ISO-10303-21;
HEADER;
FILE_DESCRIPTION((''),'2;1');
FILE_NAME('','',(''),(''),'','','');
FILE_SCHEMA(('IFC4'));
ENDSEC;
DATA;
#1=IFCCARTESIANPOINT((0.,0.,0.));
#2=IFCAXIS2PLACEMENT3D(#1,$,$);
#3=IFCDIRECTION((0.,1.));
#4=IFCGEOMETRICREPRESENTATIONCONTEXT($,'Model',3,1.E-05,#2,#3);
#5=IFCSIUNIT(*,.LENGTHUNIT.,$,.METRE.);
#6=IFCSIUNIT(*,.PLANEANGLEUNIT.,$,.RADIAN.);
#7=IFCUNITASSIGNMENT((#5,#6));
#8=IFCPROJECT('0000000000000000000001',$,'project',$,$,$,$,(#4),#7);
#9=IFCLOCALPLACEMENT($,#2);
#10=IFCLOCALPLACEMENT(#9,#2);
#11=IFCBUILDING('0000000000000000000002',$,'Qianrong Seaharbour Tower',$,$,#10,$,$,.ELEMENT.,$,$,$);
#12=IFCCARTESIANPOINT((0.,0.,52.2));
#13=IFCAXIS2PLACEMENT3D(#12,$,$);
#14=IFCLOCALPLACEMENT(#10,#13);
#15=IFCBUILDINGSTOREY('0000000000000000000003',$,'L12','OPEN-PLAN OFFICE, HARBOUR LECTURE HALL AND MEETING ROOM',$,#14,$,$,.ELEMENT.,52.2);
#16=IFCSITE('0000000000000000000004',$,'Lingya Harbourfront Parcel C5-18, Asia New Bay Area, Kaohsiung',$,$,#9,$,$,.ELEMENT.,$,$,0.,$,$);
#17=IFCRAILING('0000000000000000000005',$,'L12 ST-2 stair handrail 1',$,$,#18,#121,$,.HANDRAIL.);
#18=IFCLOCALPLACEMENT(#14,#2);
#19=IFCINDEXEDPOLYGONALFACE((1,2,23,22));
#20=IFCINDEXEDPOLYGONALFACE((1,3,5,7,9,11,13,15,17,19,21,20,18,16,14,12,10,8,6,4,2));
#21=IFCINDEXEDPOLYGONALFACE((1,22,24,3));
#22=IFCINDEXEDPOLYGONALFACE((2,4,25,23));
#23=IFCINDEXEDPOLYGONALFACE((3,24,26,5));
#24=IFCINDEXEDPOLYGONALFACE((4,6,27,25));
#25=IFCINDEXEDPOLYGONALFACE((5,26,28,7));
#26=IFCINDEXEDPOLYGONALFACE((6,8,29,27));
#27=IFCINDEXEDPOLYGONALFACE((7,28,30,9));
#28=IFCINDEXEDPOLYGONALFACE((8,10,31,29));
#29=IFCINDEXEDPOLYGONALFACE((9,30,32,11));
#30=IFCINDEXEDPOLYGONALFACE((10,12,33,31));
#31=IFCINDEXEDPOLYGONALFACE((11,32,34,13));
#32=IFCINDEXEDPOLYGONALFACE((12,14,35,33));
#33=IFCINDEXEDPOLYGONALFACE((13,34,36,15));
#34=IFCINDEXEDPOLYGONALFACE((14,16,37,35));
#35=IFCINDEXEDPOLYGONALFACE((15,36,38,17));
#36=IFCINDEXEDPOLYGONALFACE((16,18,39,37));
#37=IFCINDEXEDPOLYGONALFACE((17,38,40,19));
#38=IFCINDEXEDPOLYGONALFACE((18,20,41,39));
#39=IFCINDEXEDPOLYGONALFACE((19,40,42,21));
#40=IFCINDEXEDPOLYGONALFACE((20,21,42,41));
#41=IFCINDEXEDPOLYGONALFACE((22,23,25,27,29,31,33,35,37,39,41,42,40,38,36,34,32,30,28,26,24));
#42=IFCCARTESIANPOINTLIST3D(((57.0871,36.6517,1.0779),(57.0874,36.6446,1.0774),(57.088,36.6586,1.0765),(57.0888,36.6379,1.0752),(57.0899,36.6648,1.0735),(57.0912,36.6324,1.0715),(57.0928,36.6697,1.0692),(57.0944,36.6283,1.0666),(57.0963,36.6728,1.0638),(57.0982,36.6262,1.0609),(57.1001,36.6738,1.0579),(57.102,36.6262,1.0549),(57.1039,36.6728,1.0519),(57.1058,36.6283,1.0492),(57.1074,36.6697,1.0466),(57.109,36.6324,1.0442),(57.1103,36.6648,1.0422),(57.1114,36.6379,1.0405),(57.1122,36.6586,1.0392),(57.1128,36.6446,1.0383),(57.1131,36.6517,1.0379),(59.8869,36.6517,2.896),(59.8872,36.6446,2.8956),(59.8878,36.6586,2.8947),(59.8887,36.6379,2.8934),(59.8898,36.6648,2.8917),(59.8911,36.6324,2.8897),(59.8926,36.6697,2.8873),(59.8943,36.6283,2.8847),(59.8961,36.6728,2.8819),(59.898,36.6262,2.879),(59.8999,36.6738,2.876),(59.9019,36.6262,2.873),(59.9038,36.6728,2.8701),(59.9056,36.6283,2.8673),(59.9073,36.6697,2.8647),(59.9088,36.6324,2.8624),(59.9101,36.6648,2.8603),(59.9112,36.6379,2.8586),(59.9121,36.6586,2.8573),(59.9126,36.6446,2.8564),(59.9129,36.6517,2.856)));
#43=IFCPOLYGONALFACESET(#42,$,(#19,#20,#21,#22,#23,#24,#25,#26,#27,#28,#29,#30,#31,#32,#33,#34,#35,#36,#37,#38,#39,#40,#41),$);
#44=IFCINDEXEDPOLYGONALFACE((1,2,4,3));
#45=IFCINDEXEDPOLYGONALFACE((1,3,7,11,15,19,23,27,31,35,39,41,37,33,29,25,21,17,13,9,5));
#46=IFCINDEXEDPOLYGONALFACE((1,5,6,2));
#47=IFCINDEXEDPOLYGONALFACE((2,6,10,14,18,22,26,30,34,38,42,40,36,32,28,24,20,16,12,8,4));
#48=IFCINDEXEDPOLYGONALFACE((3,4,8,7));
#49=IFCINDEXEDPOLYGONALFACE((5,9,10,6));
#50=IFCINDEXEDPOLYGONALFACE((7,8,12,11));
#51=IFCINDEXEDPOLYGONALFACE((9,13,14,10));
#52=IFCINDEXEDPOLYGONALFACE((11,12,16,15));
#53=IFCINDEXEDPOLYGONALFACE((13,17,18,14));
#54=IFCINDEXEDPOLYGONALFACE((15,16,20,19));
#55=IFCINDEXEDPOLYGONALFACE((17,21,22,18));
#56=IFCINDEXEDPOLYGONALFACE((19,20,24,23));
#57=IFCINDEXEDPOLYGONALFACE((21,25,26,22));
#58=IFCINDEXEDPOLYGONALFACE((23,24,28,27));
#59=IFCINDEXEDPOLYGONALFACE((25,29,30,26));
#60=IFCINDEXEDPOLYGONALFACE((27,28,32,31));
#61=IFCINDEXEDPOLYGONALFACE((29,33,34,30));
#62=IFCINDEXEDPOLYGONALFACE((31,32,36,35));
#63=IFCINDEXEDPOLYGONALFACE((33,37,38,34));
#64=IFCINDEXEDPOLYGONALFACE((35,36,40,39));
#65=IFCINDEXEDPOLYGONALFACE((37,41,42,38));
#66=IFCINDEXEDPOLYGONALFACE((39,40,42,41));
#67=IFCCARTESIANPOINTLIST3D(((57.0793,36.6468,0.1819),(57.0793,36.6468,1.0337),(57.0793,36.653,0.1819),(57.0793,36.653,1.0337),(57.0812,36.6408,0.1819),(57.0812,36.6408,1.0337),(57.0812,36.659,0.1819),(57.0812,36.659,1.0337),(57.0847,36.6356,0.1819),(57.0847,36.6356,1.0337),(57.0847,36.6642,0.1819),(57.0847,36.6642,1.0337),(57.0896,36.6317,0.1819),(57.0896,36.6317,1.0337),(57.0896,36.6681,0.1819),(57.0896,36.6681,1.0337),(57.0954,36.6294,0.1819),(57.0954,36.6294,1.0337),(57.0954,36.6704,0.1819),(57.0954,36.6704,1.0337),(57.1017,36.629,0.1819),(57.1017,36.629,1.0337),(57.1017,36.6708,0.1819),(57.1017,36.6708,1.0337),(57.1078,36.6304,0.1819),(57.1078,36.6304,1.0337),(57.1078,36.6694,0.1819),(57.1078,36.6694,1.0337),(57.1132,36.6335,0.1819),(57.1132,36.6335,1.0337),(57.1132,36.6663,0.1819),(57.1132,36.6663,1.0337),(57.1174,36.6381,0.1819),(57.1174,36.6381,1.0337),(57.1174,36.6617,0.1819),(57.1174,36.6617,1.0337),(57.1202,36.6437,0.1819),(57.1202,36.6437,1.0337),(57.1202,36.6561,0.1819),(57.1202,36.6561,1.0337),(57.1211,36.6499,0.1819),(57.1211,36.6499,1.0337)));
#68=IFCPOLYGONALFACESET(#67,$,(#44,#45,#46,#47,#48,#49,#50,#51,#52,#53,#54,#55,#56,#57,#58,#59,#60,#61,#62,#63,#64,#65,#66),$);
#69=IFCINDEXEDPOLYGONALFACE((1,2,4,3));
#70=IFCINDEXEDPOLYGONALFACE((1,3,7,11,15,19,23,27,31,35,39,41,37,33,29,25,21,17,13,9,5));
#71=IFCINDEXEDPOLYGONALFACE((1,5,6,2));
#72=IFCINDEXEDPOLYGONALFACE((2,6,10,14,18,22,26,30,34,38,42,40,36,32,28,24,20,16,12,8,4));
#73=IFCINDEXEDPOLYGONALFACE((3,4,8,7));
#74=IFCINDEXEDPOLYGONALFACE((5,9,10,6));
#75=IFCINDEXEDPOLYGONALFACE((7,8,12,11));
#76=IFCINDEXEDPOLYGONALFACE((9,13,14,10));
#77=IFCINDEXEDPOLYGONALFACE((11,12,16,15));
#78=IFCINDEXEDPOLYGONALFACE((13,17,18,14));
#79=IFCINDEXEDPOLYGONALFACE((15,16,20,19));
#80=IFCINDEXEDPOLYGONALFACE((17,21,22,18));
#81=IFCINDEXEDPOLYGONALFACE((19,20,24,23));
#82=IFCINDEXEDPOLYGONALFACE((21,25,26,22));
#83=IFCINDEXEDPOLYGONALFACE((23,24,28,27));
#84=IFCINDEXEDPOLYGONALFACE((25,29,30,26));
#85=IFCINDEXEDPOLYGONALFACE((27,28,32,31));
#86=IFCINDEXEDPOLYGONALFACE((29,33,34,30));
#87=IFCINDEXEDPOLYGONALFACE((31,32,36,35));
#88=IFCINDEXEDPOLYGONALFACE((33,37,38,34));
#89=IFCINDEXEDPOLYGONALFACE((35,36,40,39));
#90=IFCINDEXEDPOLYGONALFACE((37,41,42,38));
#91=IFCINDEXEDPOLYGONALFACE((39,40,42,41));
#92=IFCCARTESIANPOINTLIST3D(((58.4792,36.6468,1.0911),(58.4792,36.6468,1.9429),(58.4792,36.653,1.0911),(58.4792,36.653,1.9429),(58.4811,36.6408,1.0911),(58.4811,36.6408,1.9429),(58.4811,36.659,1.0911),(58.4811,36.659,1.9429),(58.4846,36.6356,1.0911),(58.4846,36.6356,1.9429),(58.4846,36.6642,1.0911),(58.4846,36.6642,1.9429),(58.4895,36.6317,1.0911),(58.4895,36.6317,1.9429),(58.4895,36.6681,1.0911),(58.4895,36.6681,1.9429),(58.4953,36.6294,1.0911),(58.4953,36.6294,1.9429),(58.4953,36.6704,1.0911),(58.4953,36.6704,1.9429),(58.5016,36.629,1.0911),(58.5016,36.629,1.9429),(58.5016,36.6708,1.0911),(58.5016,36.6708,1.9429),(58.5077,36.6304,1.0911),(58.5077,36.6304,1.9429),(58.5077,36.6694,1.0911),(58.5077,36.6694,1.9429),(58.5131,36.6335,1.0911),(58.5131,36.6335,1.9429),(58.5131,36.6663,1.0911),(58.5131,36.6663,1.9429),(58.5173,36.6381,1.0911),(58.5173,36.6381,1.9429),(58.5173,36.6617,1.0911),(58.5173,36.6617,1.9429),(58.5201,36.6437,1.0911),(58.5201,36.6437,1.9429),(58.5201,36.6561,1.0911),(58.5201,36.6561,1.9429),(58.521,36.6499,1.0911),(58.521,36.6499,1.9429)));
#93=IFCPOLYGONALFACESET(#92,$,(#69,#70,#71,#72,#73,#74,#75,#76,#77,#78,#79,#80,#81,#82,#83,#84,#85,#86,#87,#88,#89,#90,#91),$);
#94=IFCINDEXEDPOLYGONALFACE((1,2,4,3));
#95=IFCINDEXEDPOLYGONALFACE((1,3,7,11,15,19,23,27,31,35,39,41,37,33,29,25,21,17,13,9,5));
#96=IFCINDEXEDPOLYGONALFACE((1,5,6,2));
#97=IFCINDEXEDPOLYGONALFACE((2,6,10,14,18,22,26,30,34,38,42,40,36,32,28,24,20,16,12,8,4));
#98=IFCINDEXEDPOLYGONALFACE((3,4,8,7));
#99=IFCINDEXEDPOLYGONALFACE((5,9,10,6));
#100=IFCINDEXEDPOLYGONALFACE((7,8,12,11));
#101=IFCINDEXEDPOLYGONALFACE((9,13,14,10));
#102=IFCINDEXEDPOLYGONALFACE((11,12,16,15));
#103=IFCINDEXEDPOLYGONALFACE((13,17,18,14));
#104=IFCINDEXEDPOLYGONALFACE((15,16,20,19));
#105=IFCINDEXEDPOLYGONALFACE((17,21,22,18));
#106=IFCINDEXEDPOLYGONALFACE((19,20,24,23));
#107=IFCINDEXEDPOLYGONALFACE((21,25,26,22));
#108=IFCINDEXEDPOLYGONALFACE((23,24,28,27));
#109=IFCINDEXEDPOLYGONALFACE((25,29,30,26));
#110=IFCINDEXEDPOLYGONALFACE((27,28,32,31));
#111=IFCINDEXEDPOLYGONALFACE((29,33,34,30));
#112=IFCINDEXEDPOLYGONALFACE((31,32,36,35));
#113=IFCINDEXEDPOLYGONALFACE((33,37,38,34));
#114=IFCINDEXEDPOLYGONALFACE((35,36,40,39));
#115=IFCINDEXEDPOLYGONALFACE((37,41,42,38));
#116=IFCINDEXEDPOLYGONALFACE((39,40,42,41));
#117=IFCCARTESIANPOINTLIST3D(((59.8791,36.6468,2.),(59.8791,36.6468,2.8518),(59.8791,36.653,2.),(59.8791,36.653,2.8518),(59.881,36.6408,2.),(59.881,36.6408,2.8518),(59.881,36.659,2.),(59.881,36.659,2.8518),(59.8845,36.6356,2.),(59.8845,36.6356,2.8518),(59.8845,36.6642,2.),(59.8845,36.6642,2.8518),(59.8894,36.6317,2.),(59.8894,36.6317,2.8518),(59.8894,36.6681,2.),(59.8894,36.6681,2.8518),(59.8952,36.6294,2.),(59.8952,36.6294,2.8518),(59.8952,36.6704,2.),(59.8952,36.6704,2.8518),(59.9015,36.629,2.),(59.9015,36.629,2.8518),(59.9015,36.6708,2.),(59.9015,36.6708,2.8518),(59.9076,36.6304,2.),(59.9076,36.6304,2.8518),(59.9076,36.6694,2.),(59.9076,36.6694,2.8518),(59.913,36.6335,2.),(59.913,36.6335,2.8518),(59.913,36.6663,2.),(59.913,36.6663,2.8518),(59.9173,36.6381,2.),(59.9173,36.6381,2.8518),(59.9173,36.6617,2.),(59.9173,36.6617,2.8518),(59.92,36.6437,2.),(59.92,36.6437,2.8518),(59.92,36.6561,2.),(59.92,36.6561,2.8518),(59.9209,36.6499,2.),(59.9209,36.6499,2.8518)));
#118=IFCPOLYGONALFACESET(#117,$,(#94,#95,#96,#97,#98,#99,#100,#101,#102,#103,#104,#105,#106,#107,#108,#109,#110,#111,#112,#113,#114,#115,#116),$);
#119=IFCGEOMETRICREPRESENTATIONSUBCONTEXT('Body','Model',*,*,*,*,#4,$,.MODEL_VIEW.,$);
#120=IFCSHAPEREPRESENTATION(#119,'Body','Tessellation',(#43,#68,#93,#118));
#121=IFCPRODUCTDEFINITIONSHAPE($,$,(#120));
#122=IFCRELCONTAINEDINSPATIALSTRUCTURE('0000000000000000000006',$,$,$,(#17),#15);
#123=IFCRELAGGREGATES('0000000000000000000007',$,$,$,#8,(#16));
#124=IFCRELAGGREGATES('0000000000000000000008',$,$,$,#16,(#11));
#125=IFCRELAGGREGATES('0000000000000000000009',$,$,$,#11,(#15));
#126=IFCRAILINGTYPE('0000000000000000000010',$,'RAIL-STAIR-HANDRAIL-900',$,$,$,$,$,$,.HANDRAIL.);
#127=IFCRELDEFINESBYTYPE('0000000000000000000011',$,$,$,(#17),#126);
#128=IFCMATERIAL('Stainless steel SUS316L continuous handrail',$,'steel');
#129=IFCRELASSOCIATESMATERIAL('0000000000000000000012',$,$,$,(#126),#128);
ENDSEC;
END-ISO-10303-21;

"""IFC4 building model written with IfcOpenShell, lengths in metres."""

from ifc_helpers import new_model, si_unit, direction, frame, origin, origin_2d, place, context, subcontext, project, spatial, circle, extrude, material, type_object, element, save


model = new_model("IFC4")

# Units and contexts
model_context = context("Model", 3, precision=1e-05, world=origin(), true_north=direction((0.0, 1.0)))
body_context = subcontext(model_context, "Body", "Model", "MODEL_VIEW")
ifc_project = project(units=[si_unit("LENGTHUNIT", "METRE"), si_unit("PLANEANGLEUNIT", "RADIAN")], contexts=[model_context])

# Site, building, storey
site_placement = place(None, origin())
site = spatial("IfcSite", under=ifc_project, at=site_placement, Name="Lingya Harbourfront Parcel C5-18, Asia New Bay Area, Kaohsiung", CompositionType="ELEMENT", RefElevation=0.0)
building_placement = place(site_placement, origin())
building = spatial("IfcBuilding", under=site, at=building_placement, Name="Qianrong Seaharbour Tower", CompositionType="ELEMENT")
storey_placement = place(building_placement, frame((0.0, 0.0, 52.2)))
storey = spatial("IfcBuildingStorey", under=building, at=storey_placement, Name="L12", Description="OPEN-PLAN OFFICE, HARBOUR LECTURE HALL AND MEETING ROOM", CompositionType="ELEMENT", Elevation=52.2)

# Railing
ifc_material_1 = material(Name="Stainless steel SUS316L continuous handrail", Category="steel")
railing_type_1 = type_object("IfcRailingType", Name="RAIL-STAIR-HANDRAIL-900", PredefinedType="HANDRAIL", material=ifc_material_1)
railing_1_placement = place(storey_placement, frame((57.1001, 36.6499, 0.1819)))
element("IfcRailing", 1, at=railing_1_placement, inside=storey, type_object=railing_type_1, Name="L12 ST-2 stair handrail 1", PredefinedType="HANDRAIL", context=body_context, shape_type="SweptSolid", body=[
    extrude(circle(Radius=0.0239, at=origin_2d()), frame((0.0, 0.0, 0.876), z_axis=(0.838684, 0.0, 0.544618), x_axis=(0.0, 1.0, 0.0)), (0.0, 0.0, 1.0), 3.3384),
    extrude(circle(Radius=0.021, at=origin_2d()), origin(), (0.0, 0.0, 1.0), 0.8518),
    extrude(circle(Radius=0.021, at=origin_2d()), frame((1.3999, 0.0, 0.9092)), (0.0, 0.0, 1.0), 0.8518),
    extrude(circle(Radius=0.021, at=origin_2d()), frame((2.7998, 0.0, 1.8181)), (0.0, 0.0, 1.0), 0.8518),
])

save(model, "model.ifc")
